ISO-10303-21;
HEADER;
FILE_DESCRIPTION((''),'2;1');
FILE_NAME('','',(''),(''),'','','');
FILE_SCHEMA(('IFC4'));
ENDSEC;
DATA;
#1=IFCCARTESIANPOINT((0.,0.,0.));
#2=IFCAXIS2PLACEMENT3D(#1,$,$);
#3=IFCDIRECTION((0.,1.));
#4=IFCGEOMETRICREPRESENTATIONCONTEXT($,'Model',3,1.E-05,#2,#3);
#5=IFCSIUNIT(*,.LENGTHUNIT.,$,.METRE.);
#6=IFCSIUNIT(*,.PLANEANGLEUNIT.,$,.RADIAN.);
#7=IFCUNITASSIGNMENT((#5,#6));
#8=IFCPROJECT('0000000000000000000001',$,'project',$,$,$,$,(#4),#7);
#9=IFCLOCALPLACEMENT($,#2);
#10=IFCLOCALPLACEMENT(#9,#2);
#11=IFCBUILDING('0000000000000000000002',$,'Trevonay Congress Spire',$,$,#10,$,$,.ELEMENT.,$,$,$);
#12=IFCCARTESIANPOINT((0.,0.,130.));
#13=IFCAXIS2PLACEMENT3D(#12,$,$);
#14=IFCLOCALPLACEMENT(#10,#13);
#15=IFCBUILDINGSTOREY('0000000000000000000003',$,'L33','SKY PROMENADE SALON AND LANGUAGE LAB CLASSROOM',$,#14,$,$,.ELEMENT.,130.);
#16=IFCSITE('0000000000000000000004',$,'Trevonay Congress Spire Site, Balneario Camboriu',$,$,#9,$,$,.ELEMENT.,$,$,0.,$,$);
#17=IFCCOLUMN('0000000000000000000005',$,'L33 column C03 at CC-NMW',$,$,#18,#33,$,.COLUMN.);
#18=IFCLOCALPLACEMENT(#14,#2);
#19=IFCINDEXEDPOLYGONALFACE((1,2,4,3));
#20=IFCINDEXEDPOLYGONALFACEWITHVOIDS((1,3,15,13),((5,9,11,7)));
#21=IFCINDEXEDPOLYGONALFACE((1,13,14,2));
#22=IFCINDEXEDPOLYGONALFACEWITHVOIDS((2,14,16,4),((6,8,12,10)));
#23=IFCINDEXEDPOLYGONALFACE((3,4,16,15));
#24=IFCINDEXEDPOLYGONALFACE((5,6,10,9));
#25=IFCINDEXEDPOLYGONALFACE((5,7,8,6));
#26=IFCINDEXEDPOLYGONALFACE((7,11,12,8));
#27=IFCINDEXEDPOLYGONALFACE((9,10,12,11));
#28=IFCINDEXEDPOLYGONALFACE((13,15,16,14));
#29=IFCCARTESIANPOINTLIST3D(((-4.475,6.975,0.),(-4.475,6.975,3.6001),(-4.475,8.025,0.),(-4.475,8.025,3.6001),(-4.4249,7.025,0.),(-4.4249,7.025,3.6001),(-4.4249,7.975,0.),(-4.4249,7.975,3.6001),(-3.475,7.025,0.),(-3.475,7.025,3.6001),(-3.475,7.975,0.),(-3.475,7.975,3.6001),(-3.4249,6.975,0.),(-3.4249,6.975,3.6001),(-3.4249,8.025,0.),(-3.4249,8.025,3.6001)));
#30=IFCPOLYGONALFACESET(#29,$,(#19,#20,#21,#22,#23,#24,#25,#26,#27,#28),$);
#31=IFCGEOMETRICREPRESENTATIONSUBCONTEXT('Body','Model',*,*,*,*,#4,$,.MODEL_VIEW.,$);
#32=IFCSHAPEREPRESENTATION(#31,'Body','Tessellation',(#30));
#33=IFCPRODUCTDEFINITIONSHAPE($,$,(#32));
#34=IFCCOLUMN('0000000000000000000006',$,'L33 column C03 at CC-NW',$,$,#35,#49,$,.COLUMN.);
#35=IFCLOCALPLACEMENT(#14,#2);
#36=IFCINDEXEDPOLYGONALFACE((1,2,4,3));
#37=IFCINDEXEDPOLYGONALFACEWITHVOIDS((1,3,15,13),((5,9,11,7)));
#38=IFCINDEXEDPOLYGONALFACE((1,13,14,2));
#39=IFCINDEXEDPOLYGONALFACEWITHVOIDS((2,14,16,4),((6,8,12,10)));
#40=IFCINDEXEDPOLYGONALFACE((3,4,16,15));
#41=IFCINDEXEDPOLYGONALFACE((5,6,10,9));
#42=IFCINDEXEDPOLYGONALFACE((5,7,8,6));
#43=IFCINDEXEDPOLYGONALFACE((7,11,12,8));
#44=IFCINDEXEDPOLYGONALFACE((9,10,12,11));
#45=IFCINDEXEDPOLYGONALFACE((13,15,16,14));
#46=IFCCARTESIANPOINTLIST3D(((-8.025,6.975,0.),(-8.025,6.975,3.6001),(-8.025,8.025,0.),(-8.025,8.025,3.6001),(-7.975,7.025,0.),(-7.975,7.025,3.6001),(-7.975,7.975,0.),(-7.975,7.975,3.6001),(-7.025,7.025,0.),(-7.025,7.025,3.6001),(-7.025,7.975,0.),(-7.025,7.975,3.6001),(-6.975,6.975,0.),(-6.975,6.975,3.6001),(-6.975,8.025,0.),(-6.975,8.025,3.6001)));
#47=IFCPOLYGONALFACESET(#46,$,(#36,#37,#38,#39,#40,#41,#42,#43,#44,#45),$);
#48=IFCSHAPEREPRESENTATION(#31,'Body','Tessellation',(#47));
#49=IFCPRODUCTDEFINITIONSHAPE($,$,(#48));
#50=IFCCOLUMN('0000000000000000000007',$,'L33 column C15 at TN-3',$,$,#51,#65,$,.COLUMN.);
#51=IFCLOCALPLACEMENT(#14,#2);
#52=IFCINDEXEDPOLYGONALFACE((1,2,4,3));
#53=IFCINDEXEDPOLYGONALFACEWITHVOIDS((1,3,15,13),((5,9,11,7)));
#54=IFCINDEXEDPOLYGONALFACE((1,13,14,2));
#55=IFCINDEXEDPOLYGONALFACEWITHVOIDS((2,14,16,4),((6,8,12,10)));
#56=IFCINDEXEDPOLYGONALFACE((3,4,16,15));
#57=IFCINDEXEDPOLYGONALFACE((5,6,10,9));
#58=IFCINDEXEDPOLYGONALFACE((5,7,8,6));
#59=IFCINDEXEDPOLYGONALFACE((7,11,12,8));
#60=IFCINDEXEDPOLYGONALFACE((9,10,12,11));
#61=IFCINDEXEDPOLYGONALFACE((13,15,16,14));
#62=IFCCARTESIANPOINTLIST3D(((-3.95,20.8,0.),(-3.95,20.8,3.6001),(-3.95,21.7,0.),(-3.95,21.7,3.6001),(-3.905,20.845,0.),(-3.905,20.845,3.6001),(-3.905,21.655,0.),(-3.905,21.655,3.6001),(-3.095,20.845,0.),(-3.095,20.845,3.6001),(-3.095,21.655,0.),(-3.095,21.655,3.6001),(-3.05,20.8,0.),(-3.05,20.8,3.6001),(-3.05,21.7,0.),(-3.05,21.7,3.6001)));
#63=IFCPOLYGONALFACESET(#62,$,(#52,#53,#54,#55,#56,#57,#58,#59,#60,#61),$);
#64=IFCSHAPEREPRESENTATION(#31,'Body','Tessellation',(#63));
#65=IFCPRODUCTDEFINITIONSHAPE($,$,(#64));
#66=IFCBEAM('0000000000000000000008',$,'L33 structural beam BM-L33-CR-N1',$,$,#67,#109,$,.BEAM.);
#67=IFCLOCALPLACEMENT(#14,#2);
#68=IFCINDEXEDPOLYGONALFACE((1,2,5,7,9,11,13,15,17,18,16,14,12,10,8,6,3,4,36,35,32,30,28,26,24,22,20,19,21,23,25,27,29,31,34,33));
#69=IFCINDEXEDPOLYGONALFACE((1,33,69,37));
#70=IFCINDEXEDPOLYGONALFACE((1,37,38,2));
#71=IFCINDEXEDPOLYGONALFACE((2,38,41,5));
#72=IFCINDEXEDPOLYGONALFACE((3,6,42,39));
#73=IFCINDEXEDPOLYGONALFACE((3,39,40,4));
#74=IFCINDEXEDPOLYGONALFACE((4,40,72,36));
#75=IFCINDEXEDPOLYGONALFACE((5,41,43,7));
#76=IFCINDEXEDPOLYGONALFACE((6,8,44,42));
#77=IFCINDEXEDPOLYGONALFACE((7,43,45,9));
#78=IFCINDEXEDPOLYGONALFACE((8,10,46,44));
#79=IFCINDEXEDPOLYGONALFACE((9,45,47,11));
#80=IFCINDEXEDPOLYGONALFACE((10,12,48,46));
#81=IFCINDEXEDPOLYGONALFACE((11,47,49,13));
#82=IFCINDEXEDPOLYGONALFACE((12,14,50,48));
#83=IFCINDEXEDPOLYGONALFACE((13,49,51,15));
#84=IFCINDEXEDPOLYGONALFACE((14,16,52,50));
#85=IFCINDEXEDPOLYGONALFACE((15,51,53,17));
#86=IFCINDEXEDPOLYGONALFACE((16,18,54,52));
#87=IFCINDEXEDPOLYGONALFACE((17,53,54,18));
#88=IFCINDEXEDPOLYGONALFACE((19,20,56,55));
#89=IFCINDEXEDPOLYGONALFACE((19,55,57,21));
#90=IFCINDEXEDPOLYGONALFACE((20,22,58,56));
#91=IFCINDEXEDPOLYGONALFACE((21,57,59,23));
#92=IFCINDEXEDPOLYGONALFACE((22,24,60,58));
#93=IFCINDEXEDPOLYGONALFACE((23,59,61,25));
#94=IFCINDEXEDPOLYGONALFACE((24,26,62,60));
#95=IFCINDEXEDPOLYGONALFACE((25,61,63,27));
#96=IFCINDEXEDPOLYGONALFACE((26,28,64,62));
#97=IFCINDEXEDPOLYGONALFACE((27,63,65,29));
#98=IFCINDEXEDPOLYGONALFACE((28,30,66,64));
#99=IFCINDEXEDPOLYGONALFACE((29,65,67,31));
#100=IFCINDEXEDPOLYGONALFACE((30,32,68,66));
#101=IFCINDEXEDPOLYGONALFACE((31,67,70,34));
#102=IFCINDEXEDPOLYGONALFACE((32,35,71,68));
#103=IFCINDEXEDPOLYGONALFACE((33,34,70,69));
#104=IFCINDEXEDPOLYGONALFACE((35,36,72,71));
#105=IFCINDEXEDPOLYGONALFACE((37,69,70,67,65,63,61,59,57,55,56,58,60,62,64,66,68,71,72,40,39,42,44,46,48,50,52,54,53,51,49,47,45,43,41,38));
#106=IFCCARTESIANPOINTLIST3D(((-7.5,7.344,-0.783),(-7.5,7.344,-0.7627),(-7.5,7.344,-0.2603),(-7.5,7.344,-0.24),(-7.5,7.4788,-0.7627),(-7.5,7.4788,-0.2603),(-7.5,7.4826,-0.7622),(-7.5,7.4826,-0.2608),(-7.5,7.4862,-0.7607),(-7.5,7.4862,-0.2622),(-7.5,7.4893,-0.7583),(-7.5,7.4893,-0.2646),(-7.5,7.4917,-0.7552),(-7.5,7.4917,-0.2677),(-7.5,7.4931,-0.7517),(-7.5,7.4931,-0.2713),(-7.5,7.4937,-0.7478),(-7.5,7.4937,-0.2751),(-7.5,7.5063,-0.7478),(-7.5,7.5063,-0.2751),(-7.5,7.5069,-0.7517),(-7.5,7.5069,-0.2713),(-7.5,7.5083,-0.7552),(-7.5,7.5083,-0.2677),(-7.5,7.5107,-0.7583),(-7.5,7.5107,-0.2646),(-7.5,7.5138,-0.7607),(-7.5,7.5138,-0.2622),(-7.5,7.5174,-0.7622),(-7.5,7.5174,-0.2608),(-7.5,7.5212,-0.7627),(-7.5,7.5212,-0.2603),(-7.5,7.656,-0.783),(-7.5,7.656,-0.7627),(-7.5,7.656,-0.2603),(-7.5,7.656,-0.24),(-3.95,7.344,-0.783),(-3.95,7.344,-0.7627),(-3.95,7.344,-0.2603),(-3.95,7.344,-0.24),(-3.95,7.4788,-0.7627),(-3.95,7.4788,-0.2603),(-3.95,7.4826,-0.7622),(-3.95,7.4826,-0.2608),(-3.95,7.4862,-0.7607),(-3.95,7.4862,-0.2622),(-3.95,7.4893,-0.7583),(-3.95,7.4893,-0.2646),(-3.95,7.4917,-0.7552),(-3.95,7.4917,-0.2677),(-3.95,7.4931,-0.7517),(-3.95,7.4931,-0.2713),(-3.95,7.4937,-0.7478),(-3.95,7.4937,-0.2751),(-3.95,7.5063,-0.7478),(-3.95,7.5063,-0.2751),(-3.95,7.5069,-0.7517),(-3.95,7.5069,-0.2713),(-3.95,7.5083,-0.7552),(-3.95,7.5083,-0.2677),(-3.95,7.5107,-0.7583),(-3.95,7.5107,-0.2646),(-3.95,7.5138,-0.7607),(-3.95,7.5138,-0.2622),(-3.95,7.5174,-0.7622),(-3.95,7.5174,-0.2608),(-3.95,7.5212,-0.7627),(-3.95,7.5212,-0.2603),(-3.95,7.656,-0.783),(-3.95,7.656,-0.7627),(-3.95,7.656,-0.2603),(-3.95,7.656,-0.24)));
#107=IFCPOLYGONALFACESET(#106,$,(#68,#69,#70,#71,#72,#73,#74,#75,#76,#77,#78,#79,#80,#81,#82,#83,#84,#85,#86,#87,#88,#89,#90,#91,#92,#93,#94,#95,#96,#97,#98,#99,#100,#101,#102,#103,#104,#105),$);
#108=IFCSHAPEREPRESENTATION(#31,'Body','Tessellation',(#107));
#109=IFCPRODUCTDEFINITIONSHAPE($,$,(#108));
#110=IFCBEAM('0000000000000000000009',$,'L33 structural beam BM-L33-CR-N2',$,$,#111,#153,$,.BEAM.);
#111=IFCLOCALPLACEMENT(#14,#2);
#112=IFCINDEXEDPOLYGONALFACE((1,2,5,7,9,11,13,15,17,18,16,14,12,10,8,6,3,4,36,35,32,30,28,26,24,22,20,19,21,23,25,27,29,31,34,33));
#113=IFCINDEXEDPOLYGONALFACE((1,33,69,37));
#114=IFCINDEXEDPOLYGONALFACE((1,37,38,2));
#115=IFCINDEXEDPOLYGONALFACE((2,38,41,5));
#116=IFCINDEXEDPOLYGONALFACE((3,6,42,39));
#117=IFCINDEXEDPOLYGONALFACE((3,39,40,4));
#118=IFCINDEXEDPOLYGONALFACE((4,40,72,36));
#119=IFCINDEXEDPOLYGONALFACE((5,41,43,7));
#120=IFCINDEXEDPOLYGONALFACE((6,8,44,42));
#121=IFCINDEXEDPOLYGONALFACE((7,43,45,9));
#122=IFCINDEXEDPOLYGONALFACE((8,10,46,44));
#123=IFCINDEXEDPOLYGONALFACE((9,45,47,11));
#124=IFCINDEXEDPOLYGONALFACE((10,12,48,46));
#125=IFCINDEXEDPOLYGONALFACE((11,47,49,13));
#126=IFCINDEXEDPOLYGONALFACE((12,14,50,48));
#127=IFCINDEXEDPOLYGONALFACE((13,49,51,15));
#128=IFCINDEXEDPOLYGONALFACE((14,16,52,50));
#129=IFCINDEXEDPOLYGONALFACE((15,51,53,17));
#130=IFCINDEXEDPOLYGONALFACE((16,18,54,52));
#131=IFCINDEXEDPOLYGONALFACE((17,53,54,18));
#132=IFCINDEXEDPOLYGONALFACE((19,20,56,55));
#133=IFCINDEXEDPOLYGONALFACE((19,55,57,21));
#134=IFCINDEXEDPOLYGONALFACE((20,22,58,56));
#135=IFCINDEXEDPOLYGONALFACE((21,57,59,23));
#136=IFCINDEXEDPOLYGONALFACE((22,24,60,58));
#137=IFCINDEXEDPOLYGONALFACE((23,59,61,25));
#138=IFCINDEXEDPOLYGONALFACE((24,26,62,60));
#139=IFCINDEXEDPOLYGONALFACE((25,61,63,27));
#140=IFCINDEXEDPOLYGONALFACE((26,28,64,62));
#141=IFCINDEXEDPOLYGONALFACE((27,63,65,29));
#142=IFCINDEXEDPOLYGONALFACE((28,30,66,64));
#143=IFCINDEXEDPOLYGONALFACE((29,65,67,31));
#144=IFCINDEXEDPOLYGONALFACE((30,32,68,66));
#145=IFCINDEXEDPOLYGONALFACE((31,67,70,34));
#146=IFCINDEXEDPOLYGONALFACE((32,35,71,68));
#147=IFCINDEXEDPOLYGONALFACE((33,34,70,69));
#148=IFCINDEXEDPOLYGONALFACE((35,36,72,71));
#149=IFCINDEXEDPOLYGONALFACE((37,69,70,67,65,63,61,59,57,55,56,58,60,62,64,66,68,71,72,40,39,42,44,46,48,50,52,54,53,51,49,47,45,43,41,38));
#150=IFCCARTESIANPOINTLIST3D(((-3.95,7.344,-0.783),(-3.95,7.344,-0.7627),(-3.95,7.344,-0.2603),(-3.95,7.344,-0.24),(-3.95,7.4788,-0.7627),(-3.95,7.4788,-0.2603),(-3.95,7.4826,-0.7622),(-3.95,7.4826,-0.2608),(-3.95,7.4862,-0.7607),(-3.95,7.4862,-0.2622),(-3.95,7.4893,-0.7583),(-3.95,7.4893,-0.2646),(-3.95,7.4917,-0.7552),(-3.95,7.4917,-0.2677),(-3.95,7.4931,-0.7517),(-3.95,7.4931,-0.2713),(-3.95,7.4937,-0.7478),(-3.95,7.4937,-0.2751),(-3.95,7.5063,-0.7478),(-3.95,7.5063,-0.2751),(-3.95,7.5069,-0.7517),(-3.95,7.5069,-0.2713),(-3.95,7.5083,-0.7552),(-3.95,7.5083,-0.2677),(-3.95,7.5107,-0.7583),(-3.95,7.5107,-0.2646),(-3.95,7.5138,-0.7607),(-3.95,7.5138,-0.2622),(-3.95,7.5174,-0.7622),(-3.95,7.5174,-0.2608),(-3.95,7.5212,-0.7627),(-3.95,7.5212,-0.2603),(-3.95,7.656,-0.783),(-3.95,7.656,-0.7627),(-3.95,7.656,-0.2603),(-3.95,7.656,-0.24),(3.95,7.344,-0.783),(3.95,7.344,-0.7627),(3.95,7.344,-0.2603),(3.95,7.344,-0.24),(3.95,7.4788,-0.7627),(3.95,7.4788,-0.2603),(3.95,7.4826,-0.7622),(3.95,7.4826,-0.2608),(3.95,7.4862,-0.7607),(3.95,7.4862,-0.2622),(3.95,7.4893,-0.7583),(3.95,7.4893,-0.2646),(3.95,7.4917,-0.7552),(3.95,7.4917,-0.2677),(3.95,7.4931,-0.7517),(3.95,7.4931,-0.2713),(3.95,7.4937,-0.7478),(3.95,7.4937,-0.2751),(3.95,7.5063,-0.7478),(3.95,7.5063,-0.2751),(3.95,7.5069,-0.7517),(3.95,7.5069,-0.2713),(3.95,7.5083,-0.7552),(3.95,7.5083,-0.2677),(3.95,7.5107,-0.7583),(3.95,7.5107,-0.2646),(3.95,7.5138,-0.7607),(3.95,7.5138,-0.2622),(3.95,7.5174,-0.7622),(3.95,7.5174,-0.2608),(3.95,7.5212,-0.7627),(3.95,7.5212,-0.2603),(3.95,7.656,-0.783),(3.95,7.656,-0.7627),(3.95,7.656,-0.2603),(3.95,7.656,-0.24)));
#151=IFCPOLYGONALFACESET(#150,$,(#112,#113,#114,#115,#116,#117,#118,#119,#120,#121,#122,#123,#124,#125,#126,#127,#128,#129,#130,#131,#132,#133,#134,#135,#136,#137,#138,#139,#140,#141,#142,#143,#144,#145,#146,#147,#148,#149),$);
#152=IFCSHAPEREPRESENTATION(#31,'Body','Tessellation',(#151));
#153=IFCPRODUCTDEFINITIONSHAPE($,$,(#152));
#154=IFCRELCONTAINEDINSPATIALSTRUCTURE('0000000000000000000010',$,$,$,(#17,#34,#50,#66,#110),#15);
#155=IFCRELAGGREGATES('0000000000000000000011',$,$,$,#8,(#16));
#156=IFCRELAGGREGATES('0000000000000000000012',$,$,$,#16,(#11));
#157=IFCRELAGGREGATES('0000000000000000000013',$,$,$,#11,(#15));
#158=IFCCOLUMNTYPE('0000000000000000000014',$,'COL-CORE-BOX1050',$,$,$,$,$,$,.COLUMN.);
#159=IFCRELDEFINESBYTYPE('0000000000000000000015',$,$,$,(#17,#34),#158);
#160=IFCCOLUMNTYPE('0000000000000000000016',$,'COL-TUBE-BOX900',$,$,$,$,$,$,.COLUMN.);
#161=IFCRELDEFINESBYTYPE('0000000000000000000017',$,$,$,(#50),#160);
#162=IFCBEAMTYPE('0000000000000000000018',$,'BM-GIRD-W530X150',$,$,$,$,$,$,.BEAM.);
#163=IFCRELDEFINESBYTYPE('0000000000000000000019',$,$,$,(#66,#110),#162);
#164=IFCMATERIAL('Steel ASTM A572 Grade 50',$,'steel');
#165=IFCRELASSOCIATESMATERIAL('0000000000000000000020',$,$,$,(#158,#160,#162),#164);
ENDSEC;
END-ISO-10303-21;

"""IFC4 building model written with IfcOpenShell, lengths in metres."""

from ifc_helpers import new_model, si_unit, direction, frame, origin, origin_2d, place, context, subcontext, project, spatial, hollow_rectangle, i_section, extrude, material, material_profile, profile_set, type_object, element, save


model = new_model("IFC4")

# Units and contexts
model_context = context("Model", 3, precision=1e-05, world=origin(), true_north=direction((0.0, 1.0)))
body_context = subcontext(model_context, "Body", "Model", "MODEL_VIEW")
ifc_project = project(units=[si_unit("LENGTHUNIT", "METRE"), si_unit("PLANEANGLEUNIT", "RADIAN")], contexts=[model_context])

# Site, building, storey
site_placement = place(None, origin())
site = spatial("IfcSite", under=ifc_project, at=site_placement, Name="Trevonay Congress Spire Site, Balneario Camboriu", CompositionType="ELEMENT", RefElevation=0.0)
building_placement = place(site_placement, origin())
building = spatial("IfcBuilding", under=site, at=building_placement, Name="Trevonay Congress Spire", CompositionType="ELEMENT")
storey_placement = place(building_placement, frame((0.0, 0.0, 130.0)))
storey = spatial("IfcBuildingStorey", under=building, at=storey_placement, Name="L33", Description="SKY PROMENADE SALON AND LANGUAGE LAB CLASSROOM", CompositionType="ELEMENT", Elevation=130.0)

# Columns
ifc_material_1 = material(Name="Steel ASTM A572 Grade 50", Category="steel")
ifc_material_profile_1 = material_profile(ifc_material_1, hollow_rectangle(XDim=1.05, YDim=1.05, WallThickness=0.05, at=origin_2d()), Name="BOX 1050x1050x50")
ifc_profile_set_1 = profile_set([ifc_material_profile_1], Name="Steel ASTM A572 Grade 50")
column_type_1 = type_object("IfcColumnType", Name="COL-CORE-BOX1050", PredefinedType="COLUMN", material=ifc_profile_set_1)
for number, where, z_axis, x_axis, name in (
    (1, (-3.95, 7.5, 0.0), (0.0, 0.0, 1.0), (1.0, 0.0, 0.0), "L33 column C03 at CC-NMW"),
    (2, (-7.5, 7.5, 0.0), (0.0, 0.0, 1.0), (1.0, 0.0, 0.0), "L33 column C03 at CC-NW"),
):
    element("IfcColumn", number, at=place(storey_placement, frame(where, z_axis=z_axis, x_axis=x_axis)), inside=storey, type_object=column_type_1, Name=name, PredefinedType="COLUMN", context=body_context, shape_type="SweptSolid", body=[
        extrude(hollow_rectangle(XDim=1.05, YDim=1.05, WallThickness=0.05, at=origin_2d()), origin(), (0.0, 0.0, 1.0), 3.6001),
    ])
ifc_material_profile_2 = material_profile(ifc_material_1, hollow_rectangle(XDim=0.8999, YDim=0.8999, WallThickness=0.0449, at=origin_2d()), Name="BOX 900x900x45")
ifc_profile_set_2 = profile_set([ifc_material_profile_2], Name="Steel ASTM A572 Grade 50")
column_type_2 = type_object("IfcColumnType", Name="COL-TUBE-BOX900", PredefinedType="COLUMN", material=ifc_profile_set_2)
column_placement = place(storey_placement, frame((-3.5, 21.25, 0.0), z_axis=(0.0, 0.0, 1.0), x_axis=(1.0, 0.0, 0.0)))
element("IfcColumn", 3, at=column_placement, inside=storey, type_object=column_type_2, Name="L33 column C15 at TN-3", PredefinedType="COLUMN", context=body_context, shape_type="SweptSolid", body=[
    extrude(hollow_rectangle(XDim=0.8999, YDim=0.8999, WallThickness=0.0449, at=origin_2d()), origin(), (0.0, 0.0, 1.0), 3.6001),
])

# Beams
ifc_material_profile_3 = material_profile(ifc_material_1, i_section(OverallWidth=0.312, OverallDepth=0.543, WebThickness=0.0127, FlangeThickness=0.0203, FilletRadius=0.0149, at=origin_2d()), Name="W530x150")
ifc_profile_set_3 = profile_set([ifc_material_profile_3], Name="Steel ASTM A572 Grade 50")
beam_type_1 = type_object("IfcBeamType", Name="BM-GIRD-W530X150", PredefinedType="BEAM", material=ifc_profile_set_3)
beam_1_placement = place(storey_placement, frame((-7.5, 7.5, -0.5115), z_axis=(1.0, 0.0, 0.0), x_axis=(0.0, 1.0, 0.0)))
element("IfcBeam", 4, at=beam_1_placement, inside=storey, type_object=beam_type_1, Name="L33 structural beam BM-L33-CR-N1", PredefinedType="BEAM", context=body_context, shape_type="SweptSolid", body=[
    extrude(i_section(OverallWidth=0.312, OverallDepth=0.543, WebThickness=0.0127, FlangeThickness=0.0203, FilletRadius=0.0149, at=origin_2d()), origin(), (0.0, 0.0, 1.0), 3.55),
])
beam_2_placement = place(storey_placement, frame((-3.95, 7.5, -0.5115), z_axis=(1.0, 0.0, 0.0), x_axis=(0.0, 1.0, 0.0)))
element("IfcBeam", 5, at=beam_2_placement, inside=storey, type_object=beam_type_1, Name="L33 structural beam BM-L33-CR-N2", PredefinedType="BEAM", context=body_context, shape_type="SweptSolid", body=[
    extrude(i_section(OverallWidth=0.312, OverallDepth=0.543, WebThickness=0.0127, FlangeThickness=0.0203, FilletRadius=0.0149, at=origin_2d()), origin(), (0.0, 0.0, 1.0), 7.8999),
])

save(model, "model.ifc")
